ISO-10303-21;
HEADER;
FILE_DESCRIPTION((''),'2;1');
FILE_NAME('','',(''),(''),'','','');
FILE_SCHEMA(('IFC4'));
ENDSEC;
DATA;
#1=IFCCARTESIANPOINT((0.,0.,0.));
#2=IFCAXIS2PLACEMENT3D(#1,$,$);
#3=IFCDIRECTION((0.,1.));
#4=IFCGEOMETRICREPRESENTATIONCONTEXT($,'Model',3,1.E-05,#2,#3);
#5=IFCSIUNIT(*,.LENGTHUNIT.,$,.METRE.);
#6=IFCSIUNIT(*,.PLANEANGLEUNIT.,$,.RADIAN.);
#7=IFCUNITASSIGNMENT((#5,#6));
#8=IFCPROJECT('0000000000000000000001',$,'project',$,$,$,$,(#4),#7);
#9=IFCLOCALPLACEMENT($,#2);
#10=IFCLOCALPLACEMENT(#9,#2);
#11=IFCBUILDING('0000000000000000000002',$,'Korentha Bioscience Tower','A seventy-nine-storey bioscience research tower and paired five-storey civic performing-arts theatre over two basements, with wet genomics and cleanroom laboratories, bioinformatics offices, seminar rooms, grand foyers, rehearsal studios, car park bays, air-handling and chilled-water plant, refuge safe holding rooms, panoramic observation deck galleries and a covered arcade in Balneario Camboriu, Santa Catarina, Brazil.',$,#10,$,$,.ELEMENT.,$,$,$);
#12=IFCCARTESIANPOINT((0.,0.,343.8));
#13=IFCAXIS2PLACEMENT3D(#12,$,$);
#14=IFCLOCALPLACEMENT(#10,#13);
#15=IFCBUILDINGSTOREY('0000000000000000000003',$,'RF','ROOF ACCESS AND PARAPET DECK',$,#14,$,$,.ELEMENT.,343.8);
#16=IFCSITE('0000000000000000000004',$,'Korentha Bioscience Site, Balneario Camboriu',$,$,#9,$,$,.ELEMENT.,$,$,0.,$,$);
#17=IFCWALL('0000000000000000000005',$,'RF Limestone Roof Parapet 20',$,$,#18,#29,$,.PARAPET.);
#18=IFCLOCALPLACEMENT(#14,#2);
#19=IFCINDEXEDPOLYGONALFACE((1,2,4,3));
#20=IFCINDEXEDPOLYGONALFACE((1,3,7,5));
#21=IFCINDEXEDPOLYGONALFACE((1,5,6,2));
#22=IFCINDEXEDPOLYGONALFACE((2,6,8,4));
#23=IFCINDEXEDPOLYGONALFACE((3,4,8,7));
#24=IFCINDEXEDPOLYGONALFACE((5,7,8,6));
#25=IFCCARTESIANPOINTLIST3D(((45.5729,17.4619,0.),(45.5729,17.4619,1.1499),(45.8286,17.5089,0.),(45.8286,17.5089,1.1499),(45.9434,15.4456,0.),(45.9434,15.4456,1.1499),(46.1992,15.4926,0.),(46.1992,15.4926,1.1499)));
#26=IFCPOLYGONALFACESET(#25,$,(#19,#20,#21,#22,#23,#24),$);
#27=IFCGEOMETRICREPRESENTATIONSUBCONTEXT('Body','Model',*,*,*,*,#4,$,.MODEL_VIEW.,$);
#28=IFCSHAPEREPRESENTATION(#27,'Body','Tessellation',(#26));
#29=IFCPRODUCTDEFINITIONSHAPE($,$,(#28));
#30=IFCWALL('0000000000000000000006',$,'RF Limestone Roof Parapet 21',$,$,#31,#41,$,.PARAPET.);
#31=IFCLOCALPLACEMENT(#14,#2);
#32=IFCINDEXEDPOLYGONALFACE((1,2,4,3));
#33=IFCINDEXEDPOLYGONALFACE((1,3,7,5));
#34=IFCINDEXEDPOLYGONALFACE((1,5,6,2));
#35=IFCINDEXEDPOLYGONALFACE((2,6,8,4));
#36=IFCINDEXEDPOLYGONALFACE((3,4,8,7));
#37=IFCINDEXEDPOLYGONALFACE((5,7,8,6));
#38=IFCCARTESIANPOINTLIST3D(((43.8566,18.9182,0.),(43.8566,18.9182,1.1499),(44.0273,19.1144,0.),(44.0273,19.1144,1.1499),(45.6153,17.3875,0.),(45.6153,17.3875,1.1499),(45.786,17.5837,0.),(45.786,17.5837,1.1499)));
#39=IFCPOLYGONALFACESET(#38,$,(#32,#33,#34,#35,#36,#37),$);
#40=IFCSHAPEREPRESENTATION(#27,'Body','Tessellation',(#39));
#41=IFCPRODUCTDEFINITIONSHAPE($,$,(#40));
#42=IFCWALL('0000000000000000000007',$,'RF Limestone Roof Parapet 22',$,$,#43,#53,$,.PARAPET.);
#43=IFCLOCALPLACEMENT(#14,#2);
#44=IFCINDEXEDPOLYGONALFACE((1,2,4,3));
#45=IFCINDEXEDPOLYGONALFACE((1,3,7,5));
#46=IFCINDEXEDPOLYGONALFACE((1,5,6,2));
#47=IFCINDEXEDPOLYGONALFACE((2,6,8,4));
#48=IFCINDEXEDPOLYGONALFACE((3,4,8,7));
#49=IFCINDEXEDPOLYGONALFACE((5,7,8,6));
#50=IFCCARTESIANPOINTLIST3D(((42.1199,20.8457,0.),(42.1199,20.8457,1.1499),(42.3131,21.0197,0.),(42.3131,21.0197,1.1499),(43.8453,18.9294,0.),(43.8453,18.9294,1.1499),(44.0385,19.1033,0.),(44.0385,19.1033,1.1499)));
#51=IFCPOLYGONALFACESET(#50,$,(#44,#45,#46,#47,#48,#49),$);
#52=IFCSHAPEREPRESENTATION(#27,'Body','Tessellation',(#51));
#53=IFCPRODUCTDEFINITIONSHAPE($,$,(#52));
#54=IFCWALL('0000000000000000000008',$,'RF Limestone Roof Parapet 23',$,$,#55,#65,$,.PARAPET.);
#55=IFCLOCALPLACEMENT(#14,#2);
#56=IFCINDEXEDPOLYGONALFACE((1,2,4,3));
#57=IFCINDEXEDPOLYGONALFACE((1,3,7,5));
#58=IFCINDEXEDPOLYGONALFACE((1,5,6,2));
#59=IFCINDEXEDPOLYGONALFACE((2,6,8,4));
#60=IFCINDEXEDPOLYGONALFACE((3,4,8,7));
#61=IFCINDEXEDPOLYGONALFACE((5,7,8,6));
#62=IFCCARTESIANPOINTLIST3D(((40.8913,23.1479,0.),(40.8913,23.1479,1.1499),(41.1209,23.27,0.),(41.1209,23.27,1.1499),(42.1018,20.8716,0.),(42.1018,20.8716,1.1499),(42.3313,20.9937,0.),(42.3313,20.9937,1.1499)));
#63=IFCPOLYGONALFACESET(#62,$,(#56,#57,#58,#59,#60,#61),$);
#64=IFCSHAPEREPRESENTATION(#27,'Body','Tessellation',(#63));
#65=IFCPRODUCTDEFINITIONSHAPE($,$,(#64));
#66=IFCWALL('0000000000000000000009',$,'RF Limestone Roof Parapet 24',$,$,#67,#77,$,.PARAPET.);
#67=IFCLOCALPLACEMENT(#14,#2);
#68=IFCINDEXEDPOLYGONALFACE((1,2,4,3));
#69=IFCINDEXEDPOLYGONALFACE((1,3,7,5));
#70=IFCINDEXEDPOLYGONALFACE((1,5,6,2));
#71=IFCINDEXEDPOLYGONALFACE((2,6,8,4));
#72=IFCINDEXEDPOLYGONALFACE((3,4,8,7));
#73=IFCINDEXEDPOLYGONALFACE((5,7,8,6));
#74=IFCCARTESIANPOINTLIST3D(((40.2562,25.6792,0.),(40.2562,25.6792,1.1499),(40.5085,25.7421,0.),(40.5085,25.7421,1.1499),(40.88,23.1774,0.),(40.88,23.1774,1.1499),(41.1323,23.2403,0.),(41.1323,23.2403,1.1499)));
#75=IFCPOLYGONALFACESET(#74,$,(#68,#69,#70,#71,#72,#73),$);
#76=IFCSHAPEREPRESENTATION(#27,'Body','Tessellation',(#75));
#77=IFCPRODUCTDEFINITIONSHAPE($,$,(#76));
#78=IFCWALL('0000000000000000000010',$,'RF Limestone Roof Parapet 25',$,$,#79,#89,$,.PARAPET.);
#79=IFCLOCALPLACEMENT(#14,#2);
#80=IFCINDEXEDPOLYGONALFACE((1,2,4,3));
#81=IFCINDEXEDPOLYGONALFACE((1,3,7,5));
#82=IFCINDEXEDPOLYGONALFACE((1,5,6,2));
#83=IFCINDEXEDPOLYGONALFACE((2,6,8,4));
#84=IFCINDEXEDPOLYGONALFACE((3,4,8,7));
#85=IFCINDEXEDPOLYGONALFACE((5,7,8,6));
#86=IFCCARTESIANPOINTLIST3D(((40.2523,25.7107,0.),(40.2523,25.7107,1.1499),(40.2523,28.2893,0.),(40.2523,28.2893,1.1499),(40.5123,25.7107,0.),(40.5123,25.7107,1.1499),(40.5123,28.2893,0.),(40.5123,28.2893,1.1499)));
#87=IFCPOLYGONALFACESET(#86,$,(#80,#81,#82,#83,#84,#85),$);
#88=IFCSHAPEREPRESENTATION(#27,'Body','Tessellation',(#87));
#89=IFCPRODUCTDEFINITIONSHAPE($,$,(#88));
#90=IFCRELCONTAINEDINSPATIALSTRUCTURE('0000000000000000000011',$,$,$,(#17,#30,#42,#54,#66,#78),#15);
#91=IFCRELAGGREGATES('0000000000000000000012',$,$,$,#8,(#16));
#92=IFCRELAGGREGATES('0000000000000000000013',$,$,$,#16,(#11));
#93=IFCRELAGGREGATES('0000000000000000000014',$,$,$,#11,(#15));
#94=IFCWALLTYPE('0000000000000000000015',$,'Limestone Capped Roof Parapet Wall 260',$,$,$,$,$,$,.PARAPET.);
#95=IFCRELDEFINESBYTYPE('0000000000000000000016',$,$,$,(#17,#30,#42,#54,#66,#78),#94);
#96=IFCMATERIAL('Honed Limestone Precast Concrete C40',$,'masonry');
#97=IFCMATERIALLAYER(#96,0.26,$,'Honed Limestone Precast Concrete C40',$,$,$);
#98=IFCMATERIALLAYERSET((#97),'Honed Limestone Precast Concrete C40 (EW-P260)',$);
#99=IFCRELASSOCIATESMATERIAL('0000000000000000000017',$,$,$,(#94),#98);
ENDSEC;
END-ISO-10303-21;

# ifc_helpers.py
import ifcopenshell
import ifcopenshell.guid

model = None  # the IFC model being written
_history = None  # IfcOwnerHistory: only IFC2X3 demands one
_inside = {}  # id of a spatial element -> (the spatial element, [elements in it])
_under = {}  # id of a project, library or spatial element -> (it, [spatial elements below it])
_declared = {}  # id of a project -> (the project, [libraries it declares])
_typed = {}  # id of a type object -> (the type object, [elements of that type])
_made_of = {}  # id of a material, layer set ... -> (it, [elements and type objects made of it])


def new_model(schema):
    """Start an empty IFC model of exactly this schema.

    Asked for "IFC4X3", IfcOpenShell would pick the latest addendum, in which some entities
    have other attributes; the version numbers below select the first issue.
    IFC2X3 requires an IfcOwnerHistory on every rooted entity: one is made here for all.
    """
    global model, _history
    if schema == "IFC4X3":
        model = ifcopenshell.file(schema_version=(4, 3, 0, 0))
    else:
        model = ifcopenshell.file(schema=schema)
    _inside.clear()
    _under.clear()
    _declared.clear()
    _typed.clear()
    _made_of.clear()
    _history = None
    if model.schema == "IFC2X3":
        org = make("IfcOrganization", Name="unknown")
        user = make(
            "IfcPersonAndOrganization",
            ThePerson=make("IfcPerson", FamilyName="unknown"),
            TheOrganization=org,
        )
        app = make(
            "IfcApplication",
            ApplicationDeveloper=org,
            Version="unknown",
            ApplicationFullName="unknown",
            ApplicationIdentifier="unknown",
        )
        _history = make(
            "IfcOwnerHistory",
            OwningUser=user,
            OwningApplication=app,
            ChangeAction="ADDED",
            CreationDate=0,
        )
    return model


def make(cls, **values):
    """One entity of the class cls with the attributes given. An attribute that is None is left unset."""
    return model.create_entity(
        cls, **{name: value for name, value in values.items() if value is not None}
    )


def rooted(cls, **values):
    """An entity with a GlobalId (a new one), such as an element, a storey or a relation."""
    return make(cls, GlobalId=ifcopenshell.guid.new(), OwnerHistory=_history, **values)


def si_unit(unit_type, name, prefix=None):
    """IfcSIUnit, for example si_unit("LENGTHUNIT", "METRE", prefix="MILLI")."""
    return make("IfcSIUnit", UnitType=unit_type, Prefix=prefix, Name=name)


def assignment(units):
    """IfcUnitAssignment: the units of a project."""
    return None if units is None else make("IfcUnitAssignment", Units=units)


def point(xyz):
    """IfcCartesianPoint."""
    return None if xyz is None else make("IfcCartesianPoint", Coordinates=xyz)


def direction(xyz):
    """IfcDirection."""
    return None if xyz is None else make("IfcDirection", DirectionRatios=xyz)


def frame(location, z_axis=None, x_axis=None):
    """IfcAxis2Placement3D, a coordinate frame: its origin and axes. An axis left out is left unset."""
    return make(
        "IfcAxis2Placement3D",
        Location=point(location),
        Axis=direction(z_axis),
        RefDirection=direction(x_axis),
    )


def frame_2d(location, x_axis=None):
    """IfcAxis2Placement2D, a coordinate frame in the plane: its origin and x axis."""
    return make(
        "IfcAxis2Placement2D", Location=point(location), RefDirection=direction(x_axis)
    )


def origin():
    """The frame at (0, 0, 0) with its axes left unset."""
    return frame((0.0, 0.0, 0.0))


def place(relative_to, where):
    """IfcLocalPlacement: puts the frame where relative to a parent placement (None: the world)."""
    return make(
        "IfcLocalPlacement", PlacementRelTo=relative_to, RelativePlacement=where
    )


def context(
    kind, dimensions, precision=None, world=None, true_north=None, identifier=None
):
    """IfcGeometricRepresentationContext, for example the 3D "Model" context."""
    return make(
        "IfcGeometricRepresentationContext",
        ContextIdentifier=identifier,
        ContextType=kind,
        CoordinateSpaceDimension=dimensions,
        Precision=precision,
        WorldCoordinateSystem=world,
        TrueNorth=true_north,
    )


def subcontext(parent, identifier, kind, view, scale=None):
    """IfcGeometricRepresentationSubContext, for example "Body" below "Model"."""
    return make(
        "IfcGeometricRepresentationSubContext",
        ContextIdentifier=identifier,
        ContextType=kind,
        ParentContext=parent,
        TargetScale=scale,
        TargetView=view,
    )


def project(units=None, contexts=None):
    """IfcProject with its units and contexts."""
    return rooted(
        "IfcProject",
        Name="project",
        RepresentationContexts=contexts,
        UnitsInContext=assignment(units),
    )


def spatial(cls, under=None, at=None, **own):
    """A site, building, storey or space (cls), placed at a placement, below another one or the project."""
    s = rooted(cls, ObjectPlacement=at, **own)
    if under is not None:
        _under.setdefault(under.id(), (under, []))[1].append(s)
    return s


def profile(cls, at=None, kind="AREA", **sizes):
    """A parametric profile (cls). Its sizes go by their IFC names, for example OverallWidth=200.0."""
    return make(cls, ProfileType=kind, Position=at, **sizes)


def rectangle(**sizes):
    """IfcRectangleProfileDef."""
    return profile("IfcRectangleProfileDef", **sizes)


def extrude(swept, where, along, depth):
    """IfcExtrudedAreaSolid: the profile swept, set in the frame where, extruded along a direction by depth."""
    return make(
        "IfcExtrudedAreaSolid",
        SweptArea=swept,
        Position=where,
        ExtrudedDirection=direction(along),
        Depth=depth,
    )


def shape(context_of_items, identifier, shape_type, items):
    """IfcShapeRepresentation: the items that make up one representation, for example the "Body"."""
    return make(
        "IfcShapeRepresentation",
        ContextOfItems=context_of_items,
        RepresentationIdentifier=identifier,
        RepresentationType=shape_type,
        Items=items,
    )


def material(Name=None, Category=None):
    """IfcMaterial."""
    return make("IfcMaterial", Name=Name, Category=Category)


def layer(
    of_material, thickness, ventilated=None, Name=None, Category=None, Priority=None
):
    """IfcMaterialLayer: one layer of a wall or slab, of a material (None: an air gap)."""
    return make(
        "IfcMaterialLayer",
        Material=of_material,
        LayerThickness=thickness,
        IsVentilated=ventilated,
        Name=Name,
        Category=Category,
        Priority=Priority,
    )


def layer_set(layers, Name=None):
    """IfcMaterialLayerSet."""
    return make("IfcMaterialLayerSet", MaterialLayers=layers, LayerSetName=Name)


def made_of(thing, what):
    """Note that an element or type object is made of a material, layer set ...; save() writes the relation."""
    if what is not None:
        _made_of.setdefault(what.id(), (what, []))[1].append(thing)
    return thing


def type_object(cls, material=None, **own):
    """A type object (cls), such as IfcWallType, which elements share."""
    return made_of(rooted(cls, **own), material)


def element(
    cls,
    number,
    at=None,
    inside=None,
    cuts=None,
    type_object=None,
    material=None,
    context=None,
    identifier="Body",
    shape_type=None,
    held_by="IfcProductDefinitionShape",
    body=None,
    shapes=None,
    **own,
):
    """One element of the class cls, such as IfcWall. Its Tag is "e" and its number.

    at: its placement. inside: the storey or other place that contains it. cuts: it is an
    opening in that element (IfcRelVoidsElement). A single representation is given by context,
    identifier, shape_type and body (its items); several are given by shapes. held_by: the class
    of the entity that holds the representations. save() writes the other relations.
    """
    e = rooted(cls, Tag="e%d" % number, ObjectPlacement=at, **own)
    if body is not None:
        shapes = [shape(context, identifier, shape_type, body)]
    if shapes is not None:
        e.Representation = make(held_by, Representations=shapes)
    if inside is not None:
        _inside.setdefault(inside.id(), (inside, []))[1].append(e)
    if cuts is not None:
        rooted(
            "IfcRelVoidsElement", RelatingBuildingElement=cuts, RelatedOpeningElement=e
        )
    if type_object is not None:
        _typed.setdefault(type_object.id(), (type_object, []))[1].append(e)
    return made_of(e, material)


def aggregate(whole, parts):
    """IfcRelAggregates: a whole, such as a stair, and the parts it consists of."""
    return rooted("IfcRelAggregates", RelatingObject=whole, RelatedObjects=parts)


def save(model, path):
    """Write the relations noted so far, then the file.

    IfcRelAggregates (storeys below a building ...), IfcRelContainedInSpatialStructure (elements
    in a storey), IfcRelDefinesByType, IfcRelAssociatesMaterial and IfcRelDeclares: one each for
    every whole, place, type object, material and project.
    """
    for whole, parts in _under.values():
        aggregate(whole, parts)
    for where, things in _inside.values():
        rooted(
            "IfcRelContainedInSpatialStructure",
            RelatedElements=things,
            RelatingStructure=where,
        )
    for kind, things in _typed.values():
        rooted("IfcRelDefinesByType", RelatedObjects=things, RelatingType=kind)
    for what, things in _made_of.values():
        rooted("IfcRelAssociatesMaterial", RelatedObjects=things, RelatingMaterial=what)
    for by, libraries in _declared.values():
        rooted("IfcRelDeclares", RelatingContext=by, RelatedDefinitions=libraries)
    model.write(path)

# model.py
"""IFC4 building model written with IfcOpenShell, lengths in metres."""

from ifc_helpers import new_model, si_unit, direction, frame, frame_2d, origin, place, context, subcontext, project, spatial, rectangle, extrude, material, layer, layer_set, type_object, element, save


model = new_model("IFC4")

# Units and contexts
model_context = context("Model", 3, precision=1e-05, world=origin(), true_north=direction((0.0, 1.0)))
body_context = subcontext(model_context, "Body", "Model", "MODEL_VIEW")
ifc_project = project(units=[si_unit("LENGTHUNIT", "METRE"), si_unit("PLANEANGLEUNIT", "RADIAN")], contexts=[model_context])

# Site, building, storey
site_placement = place(None, origin())
site = spatial("IfcSite", under=ifc_project, at=site_placement, Name="Korentha Bioscience Site, Balneario Camboriu", CompositionType="ELEMENT", RefElevation=0.0)
building_placement = place(site_placement, origin())
building = spatial("IfcBuilding", under=site, at=building_placement, Name="Korentha Bioscience Tower", Description="A seventy-nine-storey bioscience research tower and paired five-storey civic performing-arts theatre over two basements, with wet genomics and cleanroom laboratories, bioinformatics offices, seminar rooms, grand foyers, rehearsal studios, car park bays, air-handling and chilled-water plant, refuge safe holding rooms, panoramic observation deck galleries and a covered arcade in Balneario Camboriu, Santa Catarina, Brazil.", CompositionType="ELEMENT")
storey_placement = place(building_placement, frame((0.0, 0.0, 343.8)))
storey = spatial("IfcBuildingStorey", under=building, at=storey_placement, Name="RF", Description="ROOF ACCESS AND PARAPET DECK", CompositionType="ELEMENT", Elevation=343.8)

# Walls
ifc_material_1 = material(Name="Honed Limestone Precast Concrete C40", Category="masonry")
ifc_layer_1 = layer(ifc_material_1, 0.26, Name="Honed Limestone Precast Concrete C40")
ifc_layer_set_1 = layer_set([ifc_layer_1], Name="Honed Limestone Precast Concrete C40 (EW-P260)")
wall_type = type_object("IfcWallType", Name="Limestone Capped Roof Parapet Wall 260", PredefinedType="PARAPET", material=ifc_layer_set_1)
for number, where, z_axis, x_axis, name in (
    (1, (46.0713, 15.4692, 0.0), (0.0, 0.0, 1.0), (-0.180771, 0.983525, 0.0), "RF Limestone Roof Parapet 20"),
):
    element("IfcWall", number, at=place(storey_placement, frame(where, z_axis=z_axis, x_axis=x_axis)), inside=storey, type_object=wall_type, Name=name, PredefinedType="PARAPET", context=body_context, shape_type="SweptSolid", body=[
        extrude(rectangle(XDim=2.05, YDim=0.26, at=frame_2d((1.0249, 0.0))), origin(), (0.0, 0.0, 1.0), 1.1499),
    ])
wall_1_placement = place(storey_placement, frame((45.7007, 17.4856, 0.0), z_axis=(0.0, 0.0, 1.0), x_axis=(-0.754312, 0.656516, 0.0)))
element("IfcWall", 2, at=wall_1_placement, inside=storey, type_object=wall_type, Name="RF Limestone Roof Parapet 21", PredefinedType="PARAPET", context=body_context, shape_type="SweptSolid", body=[
    extrude(rectangle(XDim=2.3315, YDim=0.26, at=frame_2d((1.1658, 0.0))), origin(), (0.0, 0.0, 1.0), 1.1499),
])
wall_2_placement = place(storey_placement, frame((43.9419, 19.0164, 0.0), z_axis=(0.0, 0.0, 1.0), x_axis=(-0.669116, 0.743158, 0.0)))
element("IfcWall", 3, at=wall_2_placement, inside=storey, type_object=wall_type, Name="RF Limestone Roof Parapet 22", PredefinedType="PARAPET", context=body_context, shape_type="SweptSolid", body=[
    extrude(rectangle(XDim=2.5786, YDim=0.26, at=frame_2d((1.2893, 0.0))), origin(), (0.0, 0.0, 1.0), 1.1499),
])
wall_3_placement = place(storey_placement, frame((42.2166, 20.9326, 0.0), z_axis=(0.0, 0.0, 1.0), x_axis=(-0.469497, 0.882934, 0.0)))
element("IfcWall", 4, at=wall_3_placement, inside=storey, type_object=wall_type, Name="RF Limestone Roof Parapet 23", PredefinedType="PARAPET", context=body_context, shape_type="SweptSolid", body=[
    extrude(rectangle(XDim=2.5781, YDim=0.26, at=frame_2d((1.2891, 0.0))), origin(), (0.0, 0.0, 1.0), 1.1499),
])
wall_4_placement = place(storey_placement, frame((41.0061, 23.209, 0.0), z_axis=(0.0, 0.0, 1.0), x_axis=(-0.241934, 0.970293, 0.0)))
element("IfcWall", 5, at=wall_4_placement, inside=storey, type_object=wall_type, Name="RF Limestone Roof Parapet 24", PredefinedType="PARAPET", context=body_context, shape_type="SweptSolid", body=[
    extrude(rectangle(XDim=2.5784, YDim=0.26, at=frame_2d((1.2891, 0.0))), origin(), (0.0, 0.0, 1.0), 1.1499),
])
wall_5_placement = place(storey_placement, frame((40.3823, 25.7107, 0.0), z_axis=(0.0, 0.0, 1.0), x_axis=(0.0, 1.0, 0.0)))
element("IfcWall", 6, at=wall_5_placement, inside=storey, type_object=wall_type, Name="RF Limestone Roof Parapet 25", PredefinedType="PARAPET", context=body_context, shape_type="SweptSolid", body=[
    extrude(rectangle(XDim=2.5786, YDim=0.26, at=frame_2d((1.2893, 0.0))), origin(), (0.0, 0.0, 1.0), 1.1499),
])

save(model, "model.ifc")
